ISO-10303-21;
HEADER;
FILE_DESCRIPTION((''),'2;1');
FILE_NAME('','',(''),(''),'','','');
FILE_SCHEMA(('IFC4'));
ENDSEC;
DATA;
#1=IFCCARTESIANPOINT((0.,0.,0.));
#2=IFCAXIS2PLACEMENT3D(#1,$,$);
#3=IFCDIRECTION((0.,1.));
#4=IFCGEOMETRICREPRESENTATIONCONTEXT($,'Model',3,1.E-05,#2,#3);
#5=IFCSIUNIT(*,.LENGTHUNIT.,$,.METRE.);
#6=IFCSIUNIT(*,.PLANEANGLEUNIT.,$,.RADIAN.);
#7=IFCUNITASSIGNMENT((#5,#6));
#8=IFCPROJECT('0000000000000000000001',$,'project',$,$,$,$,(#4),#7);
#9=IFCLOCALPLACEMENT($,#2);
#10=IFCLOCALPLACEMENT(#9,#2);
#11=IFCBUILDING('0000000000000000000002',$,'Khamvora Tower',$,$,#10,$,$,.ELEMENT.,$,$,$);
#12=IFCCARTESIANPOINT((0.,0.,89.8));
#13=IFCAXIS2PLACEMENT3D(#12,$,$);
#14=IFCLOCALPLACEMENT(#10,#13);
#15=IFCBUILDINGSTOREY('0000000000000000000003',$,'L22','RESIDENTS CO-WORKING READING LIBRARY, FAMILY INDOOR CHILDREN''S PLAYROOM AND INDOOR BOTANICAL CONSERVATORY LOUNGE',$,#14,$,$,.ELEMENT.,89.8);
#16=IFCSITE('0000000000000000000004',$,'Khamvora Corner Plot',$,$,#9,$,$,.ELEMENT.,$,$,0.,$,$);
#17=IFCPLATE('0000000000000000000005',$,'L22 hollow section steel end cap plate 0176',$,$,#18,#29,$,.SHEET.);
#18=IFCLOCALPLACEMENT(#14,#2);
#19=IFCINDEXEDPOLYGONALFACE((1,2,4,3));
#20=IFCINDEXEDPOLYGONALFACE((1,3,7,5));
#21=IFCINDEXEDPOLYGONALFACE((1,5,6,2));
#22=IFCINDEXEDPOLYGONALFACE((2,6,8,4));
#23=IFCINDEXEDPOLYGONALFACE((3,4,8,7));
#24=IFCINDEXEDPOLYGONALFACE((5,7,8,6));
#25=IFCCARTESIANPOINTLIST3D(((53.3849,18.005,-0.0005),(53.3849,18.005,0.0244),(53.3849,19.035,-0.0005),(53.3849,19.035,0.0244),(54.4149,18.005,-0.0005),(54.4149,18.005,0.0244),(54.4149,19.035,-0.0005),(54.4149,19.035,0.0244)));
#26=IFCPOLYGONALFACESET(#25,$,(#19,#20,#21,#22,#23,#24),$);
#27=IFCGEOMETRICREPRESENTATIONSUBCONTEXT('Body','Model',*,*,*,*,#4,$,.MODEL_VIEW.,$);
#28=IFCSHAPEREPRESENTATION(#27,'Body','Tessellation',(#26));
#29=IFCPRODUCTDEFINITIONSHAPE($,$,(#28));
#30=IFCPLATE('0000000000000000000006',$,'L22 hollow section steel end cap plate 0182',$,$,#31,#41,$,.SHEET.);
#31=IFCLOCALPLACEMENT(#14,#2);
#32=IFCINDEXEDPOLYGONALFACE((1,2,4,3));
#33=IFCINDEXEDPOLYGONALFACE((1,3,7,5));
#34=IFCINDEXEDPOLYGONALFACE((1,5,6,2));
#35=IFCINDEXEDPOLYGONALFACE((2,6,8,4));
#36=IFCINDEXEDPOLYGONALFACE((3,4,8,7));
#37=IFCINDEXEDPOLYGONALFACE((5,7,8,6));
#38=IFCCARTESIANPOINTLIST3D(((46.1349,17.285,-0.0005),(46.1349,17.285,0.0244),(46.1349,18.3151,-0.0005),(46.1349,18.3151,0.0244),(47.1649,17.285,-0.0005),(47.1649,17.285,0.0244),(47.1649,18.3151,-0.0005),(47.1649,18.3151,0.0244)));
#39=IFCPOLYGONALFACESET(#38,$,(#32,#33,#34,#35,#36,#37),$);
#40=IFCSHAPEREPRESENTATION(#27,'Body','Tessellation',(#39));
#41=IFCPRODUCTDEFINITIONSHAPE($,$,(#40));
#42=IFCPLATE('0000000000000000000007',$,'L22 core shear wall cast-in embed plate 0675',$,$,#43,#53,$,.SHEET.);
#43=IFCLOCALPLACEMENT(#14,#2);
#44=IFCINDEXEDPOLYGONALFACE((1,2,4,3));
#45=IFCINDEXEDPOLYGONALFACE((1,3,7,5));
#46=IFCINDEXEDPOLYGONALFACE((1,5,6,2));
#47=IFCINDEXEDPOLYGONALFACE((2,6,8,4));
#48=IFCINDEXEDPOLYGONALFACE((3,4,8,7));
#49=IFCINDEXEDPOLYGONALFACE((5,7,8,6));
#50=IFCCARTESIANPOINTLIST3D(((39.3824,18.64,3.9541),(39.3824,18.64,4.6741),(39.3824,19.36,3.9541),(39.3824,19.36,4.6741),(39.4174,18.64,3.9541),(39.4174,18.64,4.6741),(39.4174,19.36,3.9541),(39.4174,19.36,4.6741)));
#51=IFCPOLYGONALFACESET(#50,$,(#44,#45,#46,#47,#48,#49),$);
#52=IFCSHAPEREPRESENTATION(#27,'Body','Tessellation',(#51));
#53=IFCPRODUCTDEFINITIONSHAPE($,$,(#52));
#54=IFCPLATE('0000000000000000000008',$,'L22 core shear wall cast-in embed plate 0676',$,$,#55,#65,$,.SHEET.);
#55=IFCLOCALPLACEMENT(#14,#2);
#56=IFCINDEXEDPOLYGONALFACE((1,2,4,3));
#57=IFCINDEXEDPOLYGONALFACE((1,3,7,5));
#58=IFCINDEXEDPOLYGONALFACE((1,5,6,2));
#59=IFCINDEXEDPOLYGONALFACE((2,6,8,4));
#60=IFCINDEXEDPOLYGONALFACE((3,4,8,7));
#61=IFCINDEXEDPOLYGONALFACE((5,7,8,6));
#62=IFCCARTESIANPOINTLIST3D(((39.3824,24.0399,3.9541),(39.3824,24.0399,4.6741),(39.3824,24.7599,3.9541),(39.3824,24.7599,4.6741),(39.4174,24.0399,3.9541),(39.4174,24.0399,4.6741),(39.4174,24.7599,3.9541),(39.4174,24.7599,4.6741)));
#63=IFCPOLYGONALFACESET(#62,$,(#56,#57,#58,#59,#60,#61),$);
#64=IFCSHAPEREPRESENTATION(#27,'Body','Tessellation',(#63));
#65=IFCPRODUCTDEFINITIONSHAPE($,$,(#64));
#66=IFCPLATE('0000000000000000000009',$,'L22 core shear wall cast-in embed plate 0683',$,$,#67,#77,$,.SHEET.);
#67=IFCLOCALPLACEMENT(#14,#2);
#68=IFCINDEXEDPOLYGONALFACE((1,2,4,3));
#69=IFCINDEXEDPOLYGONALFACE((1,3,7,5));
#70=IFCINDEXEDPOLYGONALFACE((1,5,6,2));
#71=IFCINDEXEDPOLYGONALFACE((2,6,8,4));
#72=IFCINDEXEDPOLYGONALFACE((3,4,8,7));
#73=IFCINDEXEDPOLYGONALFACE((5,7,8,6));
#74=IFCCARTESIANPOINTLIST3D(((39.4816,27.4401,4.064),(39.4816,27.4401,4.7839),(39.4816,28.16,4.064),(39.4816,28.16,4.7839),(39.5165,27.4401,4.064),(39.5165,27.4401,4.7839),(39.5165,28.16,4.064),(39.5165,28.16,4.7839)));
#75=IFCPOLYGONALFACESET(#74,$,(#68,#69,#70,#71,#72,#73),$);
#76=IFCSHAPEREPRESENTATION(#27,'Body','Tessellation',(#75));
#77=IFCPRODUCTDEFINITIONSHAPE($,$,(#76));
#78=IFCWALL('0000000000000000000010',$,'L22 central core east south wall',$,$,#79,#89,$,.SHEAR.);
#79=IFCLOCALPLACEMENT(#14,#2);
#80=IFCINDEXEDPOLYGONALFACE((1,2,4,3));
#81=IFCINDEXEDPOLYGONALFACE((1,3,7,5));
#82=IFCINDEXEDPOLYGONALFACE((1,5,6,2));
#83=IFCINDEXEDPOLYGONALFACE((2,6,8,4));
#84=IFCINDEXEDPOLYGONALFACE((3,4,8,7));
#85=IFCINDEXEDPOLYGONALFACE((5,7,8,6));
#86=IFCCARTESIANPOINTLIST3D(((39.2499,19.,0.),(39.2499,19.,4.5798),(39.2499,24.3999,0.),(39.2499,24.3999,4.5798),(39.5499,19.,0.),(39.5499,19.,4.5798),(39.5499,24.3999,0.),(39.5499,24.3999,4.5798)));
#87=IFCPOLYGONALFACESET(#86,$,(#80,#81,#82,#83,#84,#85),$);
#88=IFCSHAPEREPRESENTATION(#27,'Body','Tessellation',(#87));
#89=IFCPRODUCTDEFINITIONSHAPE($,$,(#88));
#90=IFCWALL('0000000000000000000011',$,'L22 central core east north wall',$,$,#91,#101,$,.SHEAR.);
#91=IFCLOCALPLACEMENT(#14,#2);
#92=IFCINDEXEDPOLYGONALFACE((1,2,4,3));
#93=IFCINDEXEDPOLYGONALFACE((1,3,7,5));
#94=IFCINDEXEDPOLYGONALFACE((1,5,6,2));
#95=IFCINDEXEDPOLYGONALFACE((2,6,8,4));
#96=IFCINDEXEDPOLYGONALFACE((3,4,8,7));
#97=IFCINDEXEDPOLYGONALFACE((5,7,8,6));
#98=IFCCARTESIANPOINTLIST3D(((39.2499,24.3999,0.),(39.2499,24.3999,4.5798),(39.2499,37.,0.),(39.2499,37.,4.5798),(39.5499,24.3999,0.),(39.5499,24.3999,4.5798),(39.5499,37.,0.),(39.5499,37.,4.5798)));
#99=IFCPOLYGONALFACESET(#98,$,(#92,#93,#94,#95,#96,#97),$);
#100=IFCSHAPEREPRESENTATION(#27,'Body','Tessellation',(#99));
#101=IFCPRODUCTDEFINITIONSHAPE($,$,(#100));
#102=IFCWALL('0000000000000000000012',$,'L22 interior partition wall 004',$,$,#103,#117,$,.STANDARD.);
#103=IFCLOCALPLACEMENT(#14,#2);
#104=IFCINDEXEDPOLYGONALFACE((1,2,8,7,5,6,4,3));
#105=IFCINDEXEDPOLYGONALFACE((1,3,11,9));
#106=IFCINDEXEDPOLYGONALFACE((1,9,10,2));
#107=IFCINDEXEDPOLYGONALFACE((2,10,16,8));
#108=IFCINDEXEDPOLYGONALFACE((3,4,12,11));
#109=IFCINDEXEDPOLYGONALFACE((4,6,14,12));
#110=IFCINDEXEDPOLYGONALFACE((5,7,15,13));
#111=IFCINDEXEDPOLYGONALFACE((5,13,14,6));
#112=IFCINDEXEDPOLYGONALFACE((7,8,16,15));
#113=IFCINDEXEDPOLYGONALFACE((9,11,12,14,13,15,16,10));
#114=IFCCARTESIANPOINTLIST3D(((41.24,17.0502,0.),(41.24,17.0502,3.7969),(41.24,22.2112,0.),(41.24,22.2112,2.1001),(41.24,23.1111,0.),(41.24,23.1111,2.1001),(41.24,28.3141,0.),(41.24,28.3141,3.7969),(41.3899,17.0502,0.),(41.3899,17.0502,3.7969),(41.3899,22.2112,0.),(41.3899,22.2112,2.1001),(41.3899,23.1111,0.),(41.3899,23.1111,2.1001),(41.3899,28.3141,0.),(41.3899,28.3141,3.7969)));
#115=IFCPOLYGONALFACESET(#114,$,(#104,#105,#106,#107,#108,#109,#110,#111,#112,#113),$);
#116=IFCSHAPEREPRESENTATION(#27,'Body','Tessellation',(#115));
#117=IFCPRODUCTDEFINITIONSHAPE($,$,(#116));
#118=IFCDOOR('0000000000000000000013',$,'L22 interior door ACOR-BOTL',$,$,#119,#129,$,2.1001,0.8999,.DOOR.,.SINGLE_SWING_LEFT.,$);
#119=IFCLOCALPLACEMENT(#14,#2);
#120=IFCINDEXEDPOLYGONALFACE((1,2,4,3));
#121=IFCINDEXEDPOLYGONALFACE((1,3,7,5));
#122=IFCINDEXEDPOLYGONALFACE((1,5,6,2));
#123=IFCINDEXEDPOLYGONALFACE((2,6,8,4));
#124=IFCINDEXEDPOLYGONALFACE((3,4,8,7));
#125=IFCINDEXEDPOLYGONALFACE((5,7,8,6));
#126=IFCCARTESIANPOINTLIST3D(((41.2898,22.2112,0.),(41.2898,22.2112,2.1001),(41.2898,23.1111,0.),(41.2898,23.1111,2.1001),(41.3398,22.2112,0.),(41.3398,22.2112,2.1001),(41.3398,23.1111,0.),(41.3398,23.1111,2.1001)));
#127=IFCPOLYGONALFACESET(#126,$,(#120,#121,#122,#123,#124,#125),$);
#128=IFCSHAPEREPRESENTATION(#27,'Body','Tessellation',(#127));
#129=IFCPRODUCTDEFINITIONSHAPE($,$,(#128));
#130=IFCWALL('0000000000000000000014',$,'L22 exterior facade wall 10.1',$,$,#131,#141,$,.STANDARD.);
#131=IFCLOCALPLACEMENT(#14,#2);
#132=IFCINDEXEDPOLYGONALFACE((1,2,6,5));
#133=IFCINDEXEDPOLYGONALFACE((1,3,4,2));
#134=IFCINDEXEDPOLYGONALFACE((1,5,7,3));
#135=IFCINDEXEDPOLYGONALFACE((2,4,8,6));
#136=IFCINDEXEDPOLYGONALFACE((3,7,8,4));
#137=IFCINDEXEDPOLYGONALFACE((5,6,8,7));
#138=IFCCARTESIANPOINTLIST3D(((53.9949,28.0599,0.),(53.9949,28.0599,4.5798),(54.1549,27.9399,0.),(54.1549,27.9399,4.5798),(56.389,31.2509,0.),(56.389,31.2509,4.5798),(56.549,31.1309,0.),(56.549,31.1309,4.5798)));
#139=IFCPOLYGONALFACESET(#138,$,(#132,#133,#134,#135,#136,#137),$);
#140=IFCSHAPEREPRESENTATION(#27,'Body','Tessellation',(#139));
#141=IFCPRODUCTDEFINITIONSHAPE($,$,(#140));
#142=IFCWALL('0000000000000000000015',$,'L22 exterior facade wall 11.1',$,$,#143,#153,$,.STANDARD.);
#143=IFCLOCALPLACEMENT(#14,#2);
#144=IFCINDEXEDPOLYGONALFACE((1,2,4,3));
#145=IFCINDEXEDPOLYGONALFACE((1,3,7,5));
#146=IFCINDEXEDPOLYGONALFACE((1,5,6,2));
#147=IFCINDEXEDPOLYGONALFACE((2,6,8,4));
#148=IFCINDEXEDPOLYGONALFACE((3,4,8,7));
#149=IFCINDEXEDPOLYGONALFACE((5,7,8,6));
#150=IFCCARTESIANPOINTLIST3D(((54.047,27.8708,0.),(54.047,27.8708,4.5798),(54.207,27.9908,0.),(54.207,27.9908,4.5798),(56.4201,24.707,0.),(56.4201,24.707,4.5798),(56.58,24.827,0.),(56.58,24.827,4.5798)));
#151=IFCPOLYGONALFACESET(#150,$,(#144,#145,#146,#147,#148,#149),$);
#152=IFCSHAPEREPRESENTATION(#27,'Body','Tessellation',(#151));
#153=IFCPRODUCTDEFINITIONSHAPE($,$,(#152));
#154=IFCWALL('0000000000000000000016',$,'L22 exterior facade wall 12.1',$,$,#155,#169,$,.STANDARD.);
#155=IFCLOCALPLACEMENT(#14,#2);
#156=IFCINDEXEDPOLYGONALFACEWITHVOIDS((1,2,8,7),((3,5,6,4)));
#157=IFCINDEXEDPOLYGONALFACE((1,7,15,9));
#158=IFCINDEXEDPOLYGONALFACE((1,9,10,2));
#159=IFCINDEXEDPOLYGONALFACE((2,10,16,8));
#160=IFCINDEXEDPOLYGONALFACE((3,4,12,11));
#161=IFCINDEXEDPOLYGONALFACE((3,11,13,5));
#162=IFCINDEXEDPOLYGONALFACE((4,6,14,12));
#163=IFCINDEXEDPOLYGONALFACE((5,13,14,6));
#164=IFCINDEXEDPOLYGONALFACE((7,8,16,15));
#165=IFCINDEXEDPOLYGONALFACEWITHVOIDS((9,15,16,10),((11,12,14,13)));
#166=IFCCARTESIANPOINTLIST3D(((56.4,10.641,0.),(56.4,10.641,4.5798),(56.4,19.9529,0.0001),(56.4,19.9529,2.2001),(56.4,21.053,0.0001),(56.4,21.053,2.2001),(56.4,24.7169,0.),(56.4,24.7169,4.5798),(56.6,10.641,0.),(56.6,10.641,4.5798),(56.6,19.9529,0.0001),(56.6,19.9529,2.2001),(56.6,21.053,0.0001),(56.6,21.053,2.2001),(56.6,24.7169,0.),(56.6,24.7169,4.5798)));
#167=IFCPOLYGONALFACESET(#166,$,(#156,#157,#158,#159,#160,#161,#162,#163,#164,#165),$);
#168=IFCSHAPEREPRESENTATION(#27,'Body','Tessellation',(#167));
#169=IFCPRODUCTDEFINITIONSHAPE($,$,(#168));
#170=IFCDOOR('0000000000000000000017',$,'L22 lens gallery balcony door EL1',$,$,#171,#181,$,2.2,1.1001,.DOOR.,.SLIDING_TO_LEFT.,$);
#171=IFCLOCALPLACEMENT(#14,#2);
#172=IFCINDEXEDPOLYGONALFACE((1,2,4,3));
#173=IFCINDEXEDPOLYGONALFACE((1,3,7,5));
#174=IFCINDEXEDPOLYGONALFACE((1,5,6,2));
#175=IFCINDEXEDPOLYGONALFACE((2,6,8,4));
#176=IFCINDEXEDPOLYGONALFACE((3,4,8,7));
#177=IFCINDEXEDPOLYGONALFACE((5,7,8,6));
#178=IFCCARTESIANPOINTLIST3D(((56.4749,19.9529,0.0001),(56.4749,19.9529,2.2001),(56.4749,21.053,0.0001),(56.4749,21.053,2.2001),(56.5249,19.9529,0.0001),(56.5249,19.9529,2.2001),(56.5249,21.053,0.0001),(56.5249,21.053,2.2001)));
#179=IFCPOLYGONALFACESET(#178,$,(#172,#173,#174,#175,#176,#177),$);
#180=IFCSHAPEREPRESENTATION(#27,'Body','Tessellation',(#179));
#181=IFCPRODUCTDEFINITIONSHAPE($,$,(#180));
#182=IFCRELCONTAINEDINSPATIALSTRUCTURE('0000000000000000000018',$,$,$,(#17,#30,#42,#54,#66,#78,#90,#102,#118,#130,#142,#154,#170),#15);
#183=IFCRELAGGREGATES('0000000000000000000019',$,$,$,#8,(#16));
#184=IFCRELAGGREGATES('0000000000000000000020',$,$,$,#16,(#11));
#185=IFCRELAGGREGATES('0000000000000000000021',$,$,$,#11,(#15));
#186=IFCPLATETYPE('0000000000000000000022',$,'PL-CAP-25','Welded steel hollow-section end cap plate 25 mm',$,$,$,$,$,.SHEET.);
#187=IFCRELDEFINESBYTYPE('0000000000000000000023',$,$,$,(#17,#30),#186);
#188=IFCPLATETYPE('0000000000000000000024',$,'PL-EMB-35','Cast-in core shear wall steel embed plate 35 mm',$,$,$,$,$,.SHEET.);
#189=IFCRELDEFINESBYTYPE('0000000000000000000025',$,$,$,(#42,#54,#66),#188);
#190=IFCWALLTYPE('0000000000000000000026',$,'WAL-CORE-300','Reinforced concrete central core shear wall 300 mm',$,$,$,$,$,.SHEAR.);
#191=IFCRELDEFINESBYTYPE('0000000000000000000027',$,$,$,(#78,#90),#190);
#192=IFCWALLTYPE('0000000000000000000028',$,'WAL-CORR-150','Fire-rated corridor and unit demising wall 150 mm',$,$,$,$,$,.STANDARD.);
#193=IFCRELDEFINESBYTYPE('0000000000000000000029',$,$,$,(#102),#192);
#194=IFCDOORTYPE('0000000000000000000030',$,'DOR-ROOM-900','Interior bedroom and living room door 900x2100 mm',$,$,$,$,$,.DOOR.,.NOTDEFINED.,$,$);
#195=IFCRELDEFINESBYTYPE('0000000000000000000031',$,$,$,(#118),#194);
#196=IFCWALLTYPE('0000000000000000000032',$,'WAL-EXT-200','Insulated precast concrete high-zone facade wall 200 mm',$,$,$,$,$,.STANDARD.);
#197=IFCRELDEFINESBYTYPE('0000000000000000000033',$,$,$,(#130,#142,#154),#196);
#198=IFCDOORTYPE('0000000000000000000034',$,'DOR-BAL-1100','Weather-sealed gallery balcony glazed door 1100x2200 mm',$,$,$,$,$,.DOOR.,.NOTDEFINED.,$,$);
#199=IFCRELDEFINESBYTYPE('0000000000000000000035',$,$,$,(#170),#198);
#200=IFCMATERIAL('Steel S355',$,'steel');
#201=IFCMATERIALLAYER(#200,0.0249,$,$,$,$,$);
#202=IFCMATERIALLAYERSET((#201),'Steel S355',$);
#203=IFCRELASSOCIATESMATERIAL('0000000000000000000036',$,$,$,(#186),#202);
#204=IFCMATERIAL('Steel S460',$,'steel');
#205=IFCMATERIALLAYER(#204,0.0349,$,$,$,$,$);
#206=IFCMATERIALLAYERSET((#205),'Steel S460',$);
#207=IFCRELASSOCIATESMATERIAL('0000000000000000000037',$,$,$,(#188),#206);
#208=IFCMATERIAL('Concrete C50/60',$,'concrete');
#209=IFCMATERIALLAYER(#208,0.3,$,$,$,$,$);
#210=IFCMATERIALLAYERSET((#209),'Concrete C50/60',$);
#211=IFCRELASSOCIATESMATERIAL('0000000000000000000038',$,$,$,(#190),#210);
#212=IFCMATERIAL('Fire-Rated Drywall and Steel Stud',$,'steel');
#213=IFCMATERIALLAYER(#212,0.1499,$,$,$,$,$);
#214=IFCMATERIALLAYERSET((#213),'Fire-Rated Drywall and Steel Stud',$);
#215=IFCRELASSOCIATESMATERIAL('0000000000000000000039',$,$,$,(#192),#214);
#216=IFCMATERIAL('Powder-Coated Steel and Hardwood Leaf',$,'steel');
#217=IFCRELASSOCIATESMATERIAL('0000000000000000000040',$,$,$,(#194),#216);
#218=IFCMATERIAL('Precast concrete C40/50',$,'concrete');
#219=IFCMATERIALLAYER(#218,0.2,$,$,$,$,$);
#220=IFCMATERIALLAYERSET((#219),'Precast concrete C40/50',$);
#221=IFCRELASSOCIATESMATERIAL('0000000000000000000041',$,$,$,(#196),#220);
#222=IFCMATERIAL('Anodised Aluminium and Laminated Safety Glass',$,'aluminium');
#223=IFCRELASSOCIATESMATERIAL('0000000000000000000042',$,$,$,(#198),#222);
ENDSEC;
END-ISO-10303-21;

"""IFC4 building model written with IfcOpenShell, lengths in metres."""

from ifc_helpers import new_model, si_unit, direction, frame, frame_2d, origin, origin_2d, place, context, subcontext, project, spatial, rectangle, extrude, material, layer, layer_set, type_object, element, fill, save


model = new_model("IFC4")

# Units and contexts
model_context = context("Model", 3, precision=1e-05, world=origin(), true_north=direction((0.0, 1.0)))
body_context = subcontext(model_context, "Body", "Model", "MODEL_VIEW")
ifc_project = project(units=[si_unit("LENGTHUNIT", "METRE"), si_unit("PLANEANGLEUNIT", "RADIAN")], contexts=[model_context])

# Site, building, storey
site_placement = place(None, origin())
site = spatial("IfcSite", under=ifc_project, at=site_placement, Name="Khamvora Corner Plot", CompositionType="ELEMENT", RefElevation=0.0)
building_placement = place(site_placement, origin())
building = spatial("IfcBuilding", under=site, at=building_placement, Name="Khamvora Tower", CompositionType="ELEMENT")
storey_placement = place(building_placement, frame((0.0, 0.0, 89.8)))
storey = spatial("IfcBuildingStorey", under=building, at=storey_placement, Name="L22", Description="RESIDENTS CO-WORKING READING LIBRARY, FAMILY INDOOR CHILDREN'S PLAYROOM AND INDOOR BOTANICAL CONSERVATORY LOUNGE", CompositionType="ELEMENT", Elevation=89.8)

# Shared definitions
ifc_material_1 = material(Name="Steel S355", Category="steel")
ifc_material_2 = material(Name="Steel S460", Category="steel")

# Plates
ifc_layer_1 = layer(ifc_material_1, 0.0249)
ifc_layer_set_1 = layer_set([ifc_layer_1], Name="Steel S355")
plate_type_1 = type_object("IfcPlateType", Name="PL-CAP-25", Description="Welded steel hollow-section end cap plate 25 mm", PredefinedType="SHEET", material=ifc_layer_set_1)
for number, where, z_axis, x_axis, name in (
    (1, (53.8999, 18.52, -0.0005), (0.0, 0.0, 1.0), (1.0, 0.0, 0.0), "L22 hollow section steel end cap plate 0176"),
    (2, (46.6499, 17.8, -0.0005), (0.0, 0.0, 1.0), (1.0, 0.0, 0.0), "L22 hollow section steel end cap plate 0182"),
):
    element("IfcPlate", number, at=place(storey_placement, frame(where, z_axis=z_axis, x_axis=x_axis)), inside=storey, type_object=plate_type_1, Name=name, PredefinedType="SHEET", context=body_context, shape_type="SweptSolid", body=[
        extrude(rectangle(XDim=1.03, YDim=1.03, at=origin_2d()), origin(), (0.0, 0.0, 1.0), 0.0249),
    ])
ifc_layer_2 = layer(ifc_material_2, 0.0349)
ifc_layer_set_2 = layer_set([ifc_layer_2], Name="Steel S460")
plate_type_2 = type_object("IfcPlateType", Name="PL-EMB-35", Description="Cast-in core shear wall steel embed plate 35 mm", PredefinedType="SHEET", material=ifc_layer_set_2)
for number, where, z_axis, x_axis, name in (
    (3, (39.3999, 19.0, 3.9541), (0.0, 0.0, 1.0), (1.0, 0.0, 0.0), "L22 core shear wall cast-in embed plate 0675"),
    (4, (39.3999, 24.3999, 3.9541), (0.0, 0.0, 1.0), (1.0, 0.0, 0.0), "L22 core shear wall cast-in embed plate 0676"),
    (5, (39.499, 27.8, 4.064), (0.0, 0.0, 1.0), (1.0, 0.0, 0.0), "L22 core shear wall cast-in embed plate 0683"),
):
    element("IfcPlate", number, at=place(storey_placement, frame(where, z_axis=z_axis, x_axis=x_axis)), inside=storey, type_object=plate_type_2, Name=name, PredefinedType="SHEET", context=body_context, shape_type="SweptSolid", body=[
        extrude(rectangle(XDim=0.0349, YDim=0.72, at=origin_2d()), origin(), (0.0, 0.0, 1.0), 0.72),
    ])

# Walls
ifc_material_3 = material(Name="Concrete C50/60", Category="concrete")
ifc_layer_3 = layer(ifc_material_3, 0.3)
ifc_layer_set_3 = layer_set([ifc_layer_3], Name="Concrete C50/60")
wall_type_1 = type_object("IfcWallType", Name="WAL-CORE-300", Description="Reinforced concrete central core shear wall 300 mm", PredefinedType="SHEAR", material=ifc_layer_set_3)
wall_1_placement = place(storey_placement, frame((39.3999, 19.0, 0.0), z_axis=(0.0, 0.0, 1.0), x_axis=(0.0, 1.0, 0.0)))
element("IfcWall", 6, at=wall_1_placement, inside=storey, type_object=wall_type_1, Name="L22 central core east south wall", PredefinedType="SHEAR", context=body_context, shape_type="SweptSolid", body=[
    extrude(rectangle(XDim=5.3999, YDim=0.3, at=frame_2d((2.7, 0.0))), origin(), (0.0, 0.0, 1.0), 4.5798),
])
wall_2_placement = place(storey_placement, frame((39.3999, 24.3999, 0.0), z_axis=(0.0, 0.0, 1.0), x_axis=(0.0, 1.0, 0.0)))
element("IfcWall", 7, at=wall_2_placement, inside=storey, type_object=wall_type_1, Name="L22 central core east north wall", PredefinedType="SHEAR", context=body_context, shape_type="SweptSolid", body=[
    extrude(rectangle(XDim=12.6001, YDim=0.3, at=frame_2d((6.3, 0.0))), origin(), (0.0, 0.0, 1.0), 4.5798),
])

# Wall, opening, door
ifc_material_4 = material(Name="Fire-Rated Drywall and Steel Stud", Category="steel")
ifc_layer_4 = layer(ifc_material_4, 0.1499)
ifc_layer_set_4 = layer_set([ifc_layer_4], Name="Fire-Rated Drywall and Steel Stud")
wall_type_2 = type_object("IfcWallType", Name="WAL-CORR-150", Description="Fire-rated corridor and unit demising wall 150 mm", PredefinedType="STANDARD", material=ifc_layer_set_4)
wall_3_placement = place(storey_placement, frame((41.3149, 28.314, 0.0), z_axis=(0.0, 0.0, 1.0), x_axis=(0.0, -1.0, 0.0)))
wall_3 = element("IfcWall", 8, at=wall_3_placement, inside=storey, type_object=wall_type_2, Name="L22 interior partition wall 004", PredefinedType="STANDARD", context=body_context, shape_type="SweptSolid", body=[
    extrude(rectangle(XDim=11.2639, YDim=0.1499, at=frame_2d((5.6318, 0.0))), origin(), (0.0, 0.0, 1.0), 3.7969),
])
opening_1_placement = place(wall_3_placement, frame((5.2029, 0.0, 0.0)))
opening_1 = element("IfcOpeningElement", 9, at=opening_1_placement, cuts=wall_3, PredefinedType="OPENING", context=body_context, shape_type="SweptSolid", body=[
    extrude(rectangle(XDim=0.8999, YDim=2.1001, at=frame_2d((0.45, 1.05))), frame((0.0, 0.085, 0.0), z_axis=(0.0, -1.0, 0.0), x_axis=(1.0, 0.0, 0.0)), (0.0, 0.0, 1.0), 0.1699),
])
ifc_material_5 = material(Name="Powder-Coated Steel and Hardwood Leaf", Category="steel")
door_type_1 = type_object("IfcDoorType", Name="DOR-ROOM-900", Description="Interior bedroom and living room door 900x2100 mm", OperationType="NOTDEFINED", PredefinedType="DOOR", material=ifc_material_5)
door_1_placement = place(opening_1_placement, origin())
door_1 = element("IfcDoor", 10, at=door_1_placement, inside=storey, type_object=door_type_1, Name="L22 interior door ACOR-BOTL", OperationType="SINGLE_SWING_LEFT", OverallHeight=2.1001, OverallWidth=0.8999, PredefinedType="DOOR", context=body_context, shape_type="SweptSolid", body=[
    extrude(rectangle(XDim=0.8999, YDim=2.1001, at=frame_2d((0.45, 1.05))), frame((0.0, 0.0249, 0.0), z_axis=(0.0, -1.0, 0.0), x_axis=(1.0, 0.0, 0.0)), (0.0, 0.0, 1.0), 0.05),
])
fill(opening_1, door_1)

# Walls
ifc_material_6 = material(Name="Precast concrete C40/50", Category="concrete")
ifc_layer_5 = layer(ifc_material_6, 0.2)
ifc_layer_set_5 = layer_set([ifc_layer_5], Name="Precast concrete C40/50")
wall_type_3 = type_object("IfcWallType", Name="WAL-EXT-200", Description="Insulated precast concrete high-zone facade wall 200 mm", PredefinedType="STANDARD", material=ifc_layer_set_5)
wall_4_placement = place(storey_placement, frame((56.469, 31.1909, 0.0), z_axis=(0.0, 0.0, 1.0), x_axis=(-0.600137, -0.799897, 0.0)))
element("IfcWall", 11, at=wall_4_placement, inside=storey, type_object=wall_type_3, Name="L22 exterior facade wall 10.1", PredefinedType="STANDARD", context=body_context, shape_type="SweptSolid", body=[
    extrude(rectangle(XDim=3.9893, YDim=0.2, at=frame_2d((1.9946, 0.0))), origin(), (0.0, 0.0, 1.0), 4.5798),
])
wall_5_placement = place(storey_placement, frame((54.127, 27.9309, 0.0), z_axis=(0.0, 0.0, 1.0), x_axis=(0.60003, -0.799978, 0.0)))
element("IfcWall", 12, at=wall_5_placement, inside=storey, type_object=wall_type_3, Name="L22 exterior facade wall 11.1", PredefinedType="STANDARD", context=body_context, shape_type="SweptSolid", body=[
    extrude(rectangle(XDim=3.9548, YDim=0.2, at=frame_2d((1.9775, 0.0))), origin(), (0.0, 0.0, 1.0), 4.5798),
])

# Wall, opening, door
wall_6_placement = place(storey_placement, frame((56.5, 24.717, 0.0), z_axis=(0.0, 0.0, 1.0), x_axis=(0.0, -1.0, 0.0)))
wall_6 = element("IfcWall", 13, at=wall_6_placement, inside=storey, type_object=wall_type_3, Name="L22 exterior facade wall 12.1", PredefinedType="STANDARD", context=body_context, shape_type="SweptSolid", body=[
    extrude(rectangle(XDim=14.0759, YDim=0.2, at=frame_2d((7.0381, 0.0))), origin(), (0.0, 0.0, 1.0), 4.5798),
])
opening_2_placement = place(wall_6_placement, frame((3.6641, 0.0, 0.0)))
opening_2 = element("IfcOpeningElement", 14, at=opening_2_placement, cuts=wall_6, PredefinedType="OPENING", context=body_context, shape_type="SweptSolid", body=[
    extrude(rectangle(XDim=1.1001, YDim=2.2, at=frame_2d((0.55, 1.1001))), frame((0.0, 0.1099, 0.0), z_axis=(0.0, -1.0, 0.0), x_axis=(1.0, 0.0, 0.0)), (0.0, 0.0, 1.0), 0.22),
])
ifc_material_7 = material(Name="Anodised Aluminium and Laminated Safety Glass", Category="aluminium")
door_type_2 = type_object("IfcDoorType", Name="DOR-BAL-1100", Description="Weather-sealed gallery balcony glazed door 1100x2200 mm", OperationType="NOTDEFINED", PredefinedType="DOOR", material=ifc_material_7)
door_2_placement = place(opening_2_placement, origin())
door_2 = element("IfcDoor", 15, at=door_2_placement, inside=storey, type_object=door_type_2, Name="L22 lens gallery balcony door EL1", OperationType="SLIDING_TO_LEFT", OverallHeight=2.2, OverallWidth=1.1001, PredefinedType="DOOR", context=body_context, shape_type="SweptSolid", body=[
    extrude(rectangle(XDim=1.1001, YDim=2.2, at=frame_2d((0.55, 1.1001))), frame((0.0, 0.0249, 0.0), z_axis=(0.0, -1.0, 0.0), x_axis=(1.0, 0.0, 0.0)), (0.0, 0.0, 1.0), 0.05),
])
fill(opening_2, door_2)

save(model, "model.ifc")
